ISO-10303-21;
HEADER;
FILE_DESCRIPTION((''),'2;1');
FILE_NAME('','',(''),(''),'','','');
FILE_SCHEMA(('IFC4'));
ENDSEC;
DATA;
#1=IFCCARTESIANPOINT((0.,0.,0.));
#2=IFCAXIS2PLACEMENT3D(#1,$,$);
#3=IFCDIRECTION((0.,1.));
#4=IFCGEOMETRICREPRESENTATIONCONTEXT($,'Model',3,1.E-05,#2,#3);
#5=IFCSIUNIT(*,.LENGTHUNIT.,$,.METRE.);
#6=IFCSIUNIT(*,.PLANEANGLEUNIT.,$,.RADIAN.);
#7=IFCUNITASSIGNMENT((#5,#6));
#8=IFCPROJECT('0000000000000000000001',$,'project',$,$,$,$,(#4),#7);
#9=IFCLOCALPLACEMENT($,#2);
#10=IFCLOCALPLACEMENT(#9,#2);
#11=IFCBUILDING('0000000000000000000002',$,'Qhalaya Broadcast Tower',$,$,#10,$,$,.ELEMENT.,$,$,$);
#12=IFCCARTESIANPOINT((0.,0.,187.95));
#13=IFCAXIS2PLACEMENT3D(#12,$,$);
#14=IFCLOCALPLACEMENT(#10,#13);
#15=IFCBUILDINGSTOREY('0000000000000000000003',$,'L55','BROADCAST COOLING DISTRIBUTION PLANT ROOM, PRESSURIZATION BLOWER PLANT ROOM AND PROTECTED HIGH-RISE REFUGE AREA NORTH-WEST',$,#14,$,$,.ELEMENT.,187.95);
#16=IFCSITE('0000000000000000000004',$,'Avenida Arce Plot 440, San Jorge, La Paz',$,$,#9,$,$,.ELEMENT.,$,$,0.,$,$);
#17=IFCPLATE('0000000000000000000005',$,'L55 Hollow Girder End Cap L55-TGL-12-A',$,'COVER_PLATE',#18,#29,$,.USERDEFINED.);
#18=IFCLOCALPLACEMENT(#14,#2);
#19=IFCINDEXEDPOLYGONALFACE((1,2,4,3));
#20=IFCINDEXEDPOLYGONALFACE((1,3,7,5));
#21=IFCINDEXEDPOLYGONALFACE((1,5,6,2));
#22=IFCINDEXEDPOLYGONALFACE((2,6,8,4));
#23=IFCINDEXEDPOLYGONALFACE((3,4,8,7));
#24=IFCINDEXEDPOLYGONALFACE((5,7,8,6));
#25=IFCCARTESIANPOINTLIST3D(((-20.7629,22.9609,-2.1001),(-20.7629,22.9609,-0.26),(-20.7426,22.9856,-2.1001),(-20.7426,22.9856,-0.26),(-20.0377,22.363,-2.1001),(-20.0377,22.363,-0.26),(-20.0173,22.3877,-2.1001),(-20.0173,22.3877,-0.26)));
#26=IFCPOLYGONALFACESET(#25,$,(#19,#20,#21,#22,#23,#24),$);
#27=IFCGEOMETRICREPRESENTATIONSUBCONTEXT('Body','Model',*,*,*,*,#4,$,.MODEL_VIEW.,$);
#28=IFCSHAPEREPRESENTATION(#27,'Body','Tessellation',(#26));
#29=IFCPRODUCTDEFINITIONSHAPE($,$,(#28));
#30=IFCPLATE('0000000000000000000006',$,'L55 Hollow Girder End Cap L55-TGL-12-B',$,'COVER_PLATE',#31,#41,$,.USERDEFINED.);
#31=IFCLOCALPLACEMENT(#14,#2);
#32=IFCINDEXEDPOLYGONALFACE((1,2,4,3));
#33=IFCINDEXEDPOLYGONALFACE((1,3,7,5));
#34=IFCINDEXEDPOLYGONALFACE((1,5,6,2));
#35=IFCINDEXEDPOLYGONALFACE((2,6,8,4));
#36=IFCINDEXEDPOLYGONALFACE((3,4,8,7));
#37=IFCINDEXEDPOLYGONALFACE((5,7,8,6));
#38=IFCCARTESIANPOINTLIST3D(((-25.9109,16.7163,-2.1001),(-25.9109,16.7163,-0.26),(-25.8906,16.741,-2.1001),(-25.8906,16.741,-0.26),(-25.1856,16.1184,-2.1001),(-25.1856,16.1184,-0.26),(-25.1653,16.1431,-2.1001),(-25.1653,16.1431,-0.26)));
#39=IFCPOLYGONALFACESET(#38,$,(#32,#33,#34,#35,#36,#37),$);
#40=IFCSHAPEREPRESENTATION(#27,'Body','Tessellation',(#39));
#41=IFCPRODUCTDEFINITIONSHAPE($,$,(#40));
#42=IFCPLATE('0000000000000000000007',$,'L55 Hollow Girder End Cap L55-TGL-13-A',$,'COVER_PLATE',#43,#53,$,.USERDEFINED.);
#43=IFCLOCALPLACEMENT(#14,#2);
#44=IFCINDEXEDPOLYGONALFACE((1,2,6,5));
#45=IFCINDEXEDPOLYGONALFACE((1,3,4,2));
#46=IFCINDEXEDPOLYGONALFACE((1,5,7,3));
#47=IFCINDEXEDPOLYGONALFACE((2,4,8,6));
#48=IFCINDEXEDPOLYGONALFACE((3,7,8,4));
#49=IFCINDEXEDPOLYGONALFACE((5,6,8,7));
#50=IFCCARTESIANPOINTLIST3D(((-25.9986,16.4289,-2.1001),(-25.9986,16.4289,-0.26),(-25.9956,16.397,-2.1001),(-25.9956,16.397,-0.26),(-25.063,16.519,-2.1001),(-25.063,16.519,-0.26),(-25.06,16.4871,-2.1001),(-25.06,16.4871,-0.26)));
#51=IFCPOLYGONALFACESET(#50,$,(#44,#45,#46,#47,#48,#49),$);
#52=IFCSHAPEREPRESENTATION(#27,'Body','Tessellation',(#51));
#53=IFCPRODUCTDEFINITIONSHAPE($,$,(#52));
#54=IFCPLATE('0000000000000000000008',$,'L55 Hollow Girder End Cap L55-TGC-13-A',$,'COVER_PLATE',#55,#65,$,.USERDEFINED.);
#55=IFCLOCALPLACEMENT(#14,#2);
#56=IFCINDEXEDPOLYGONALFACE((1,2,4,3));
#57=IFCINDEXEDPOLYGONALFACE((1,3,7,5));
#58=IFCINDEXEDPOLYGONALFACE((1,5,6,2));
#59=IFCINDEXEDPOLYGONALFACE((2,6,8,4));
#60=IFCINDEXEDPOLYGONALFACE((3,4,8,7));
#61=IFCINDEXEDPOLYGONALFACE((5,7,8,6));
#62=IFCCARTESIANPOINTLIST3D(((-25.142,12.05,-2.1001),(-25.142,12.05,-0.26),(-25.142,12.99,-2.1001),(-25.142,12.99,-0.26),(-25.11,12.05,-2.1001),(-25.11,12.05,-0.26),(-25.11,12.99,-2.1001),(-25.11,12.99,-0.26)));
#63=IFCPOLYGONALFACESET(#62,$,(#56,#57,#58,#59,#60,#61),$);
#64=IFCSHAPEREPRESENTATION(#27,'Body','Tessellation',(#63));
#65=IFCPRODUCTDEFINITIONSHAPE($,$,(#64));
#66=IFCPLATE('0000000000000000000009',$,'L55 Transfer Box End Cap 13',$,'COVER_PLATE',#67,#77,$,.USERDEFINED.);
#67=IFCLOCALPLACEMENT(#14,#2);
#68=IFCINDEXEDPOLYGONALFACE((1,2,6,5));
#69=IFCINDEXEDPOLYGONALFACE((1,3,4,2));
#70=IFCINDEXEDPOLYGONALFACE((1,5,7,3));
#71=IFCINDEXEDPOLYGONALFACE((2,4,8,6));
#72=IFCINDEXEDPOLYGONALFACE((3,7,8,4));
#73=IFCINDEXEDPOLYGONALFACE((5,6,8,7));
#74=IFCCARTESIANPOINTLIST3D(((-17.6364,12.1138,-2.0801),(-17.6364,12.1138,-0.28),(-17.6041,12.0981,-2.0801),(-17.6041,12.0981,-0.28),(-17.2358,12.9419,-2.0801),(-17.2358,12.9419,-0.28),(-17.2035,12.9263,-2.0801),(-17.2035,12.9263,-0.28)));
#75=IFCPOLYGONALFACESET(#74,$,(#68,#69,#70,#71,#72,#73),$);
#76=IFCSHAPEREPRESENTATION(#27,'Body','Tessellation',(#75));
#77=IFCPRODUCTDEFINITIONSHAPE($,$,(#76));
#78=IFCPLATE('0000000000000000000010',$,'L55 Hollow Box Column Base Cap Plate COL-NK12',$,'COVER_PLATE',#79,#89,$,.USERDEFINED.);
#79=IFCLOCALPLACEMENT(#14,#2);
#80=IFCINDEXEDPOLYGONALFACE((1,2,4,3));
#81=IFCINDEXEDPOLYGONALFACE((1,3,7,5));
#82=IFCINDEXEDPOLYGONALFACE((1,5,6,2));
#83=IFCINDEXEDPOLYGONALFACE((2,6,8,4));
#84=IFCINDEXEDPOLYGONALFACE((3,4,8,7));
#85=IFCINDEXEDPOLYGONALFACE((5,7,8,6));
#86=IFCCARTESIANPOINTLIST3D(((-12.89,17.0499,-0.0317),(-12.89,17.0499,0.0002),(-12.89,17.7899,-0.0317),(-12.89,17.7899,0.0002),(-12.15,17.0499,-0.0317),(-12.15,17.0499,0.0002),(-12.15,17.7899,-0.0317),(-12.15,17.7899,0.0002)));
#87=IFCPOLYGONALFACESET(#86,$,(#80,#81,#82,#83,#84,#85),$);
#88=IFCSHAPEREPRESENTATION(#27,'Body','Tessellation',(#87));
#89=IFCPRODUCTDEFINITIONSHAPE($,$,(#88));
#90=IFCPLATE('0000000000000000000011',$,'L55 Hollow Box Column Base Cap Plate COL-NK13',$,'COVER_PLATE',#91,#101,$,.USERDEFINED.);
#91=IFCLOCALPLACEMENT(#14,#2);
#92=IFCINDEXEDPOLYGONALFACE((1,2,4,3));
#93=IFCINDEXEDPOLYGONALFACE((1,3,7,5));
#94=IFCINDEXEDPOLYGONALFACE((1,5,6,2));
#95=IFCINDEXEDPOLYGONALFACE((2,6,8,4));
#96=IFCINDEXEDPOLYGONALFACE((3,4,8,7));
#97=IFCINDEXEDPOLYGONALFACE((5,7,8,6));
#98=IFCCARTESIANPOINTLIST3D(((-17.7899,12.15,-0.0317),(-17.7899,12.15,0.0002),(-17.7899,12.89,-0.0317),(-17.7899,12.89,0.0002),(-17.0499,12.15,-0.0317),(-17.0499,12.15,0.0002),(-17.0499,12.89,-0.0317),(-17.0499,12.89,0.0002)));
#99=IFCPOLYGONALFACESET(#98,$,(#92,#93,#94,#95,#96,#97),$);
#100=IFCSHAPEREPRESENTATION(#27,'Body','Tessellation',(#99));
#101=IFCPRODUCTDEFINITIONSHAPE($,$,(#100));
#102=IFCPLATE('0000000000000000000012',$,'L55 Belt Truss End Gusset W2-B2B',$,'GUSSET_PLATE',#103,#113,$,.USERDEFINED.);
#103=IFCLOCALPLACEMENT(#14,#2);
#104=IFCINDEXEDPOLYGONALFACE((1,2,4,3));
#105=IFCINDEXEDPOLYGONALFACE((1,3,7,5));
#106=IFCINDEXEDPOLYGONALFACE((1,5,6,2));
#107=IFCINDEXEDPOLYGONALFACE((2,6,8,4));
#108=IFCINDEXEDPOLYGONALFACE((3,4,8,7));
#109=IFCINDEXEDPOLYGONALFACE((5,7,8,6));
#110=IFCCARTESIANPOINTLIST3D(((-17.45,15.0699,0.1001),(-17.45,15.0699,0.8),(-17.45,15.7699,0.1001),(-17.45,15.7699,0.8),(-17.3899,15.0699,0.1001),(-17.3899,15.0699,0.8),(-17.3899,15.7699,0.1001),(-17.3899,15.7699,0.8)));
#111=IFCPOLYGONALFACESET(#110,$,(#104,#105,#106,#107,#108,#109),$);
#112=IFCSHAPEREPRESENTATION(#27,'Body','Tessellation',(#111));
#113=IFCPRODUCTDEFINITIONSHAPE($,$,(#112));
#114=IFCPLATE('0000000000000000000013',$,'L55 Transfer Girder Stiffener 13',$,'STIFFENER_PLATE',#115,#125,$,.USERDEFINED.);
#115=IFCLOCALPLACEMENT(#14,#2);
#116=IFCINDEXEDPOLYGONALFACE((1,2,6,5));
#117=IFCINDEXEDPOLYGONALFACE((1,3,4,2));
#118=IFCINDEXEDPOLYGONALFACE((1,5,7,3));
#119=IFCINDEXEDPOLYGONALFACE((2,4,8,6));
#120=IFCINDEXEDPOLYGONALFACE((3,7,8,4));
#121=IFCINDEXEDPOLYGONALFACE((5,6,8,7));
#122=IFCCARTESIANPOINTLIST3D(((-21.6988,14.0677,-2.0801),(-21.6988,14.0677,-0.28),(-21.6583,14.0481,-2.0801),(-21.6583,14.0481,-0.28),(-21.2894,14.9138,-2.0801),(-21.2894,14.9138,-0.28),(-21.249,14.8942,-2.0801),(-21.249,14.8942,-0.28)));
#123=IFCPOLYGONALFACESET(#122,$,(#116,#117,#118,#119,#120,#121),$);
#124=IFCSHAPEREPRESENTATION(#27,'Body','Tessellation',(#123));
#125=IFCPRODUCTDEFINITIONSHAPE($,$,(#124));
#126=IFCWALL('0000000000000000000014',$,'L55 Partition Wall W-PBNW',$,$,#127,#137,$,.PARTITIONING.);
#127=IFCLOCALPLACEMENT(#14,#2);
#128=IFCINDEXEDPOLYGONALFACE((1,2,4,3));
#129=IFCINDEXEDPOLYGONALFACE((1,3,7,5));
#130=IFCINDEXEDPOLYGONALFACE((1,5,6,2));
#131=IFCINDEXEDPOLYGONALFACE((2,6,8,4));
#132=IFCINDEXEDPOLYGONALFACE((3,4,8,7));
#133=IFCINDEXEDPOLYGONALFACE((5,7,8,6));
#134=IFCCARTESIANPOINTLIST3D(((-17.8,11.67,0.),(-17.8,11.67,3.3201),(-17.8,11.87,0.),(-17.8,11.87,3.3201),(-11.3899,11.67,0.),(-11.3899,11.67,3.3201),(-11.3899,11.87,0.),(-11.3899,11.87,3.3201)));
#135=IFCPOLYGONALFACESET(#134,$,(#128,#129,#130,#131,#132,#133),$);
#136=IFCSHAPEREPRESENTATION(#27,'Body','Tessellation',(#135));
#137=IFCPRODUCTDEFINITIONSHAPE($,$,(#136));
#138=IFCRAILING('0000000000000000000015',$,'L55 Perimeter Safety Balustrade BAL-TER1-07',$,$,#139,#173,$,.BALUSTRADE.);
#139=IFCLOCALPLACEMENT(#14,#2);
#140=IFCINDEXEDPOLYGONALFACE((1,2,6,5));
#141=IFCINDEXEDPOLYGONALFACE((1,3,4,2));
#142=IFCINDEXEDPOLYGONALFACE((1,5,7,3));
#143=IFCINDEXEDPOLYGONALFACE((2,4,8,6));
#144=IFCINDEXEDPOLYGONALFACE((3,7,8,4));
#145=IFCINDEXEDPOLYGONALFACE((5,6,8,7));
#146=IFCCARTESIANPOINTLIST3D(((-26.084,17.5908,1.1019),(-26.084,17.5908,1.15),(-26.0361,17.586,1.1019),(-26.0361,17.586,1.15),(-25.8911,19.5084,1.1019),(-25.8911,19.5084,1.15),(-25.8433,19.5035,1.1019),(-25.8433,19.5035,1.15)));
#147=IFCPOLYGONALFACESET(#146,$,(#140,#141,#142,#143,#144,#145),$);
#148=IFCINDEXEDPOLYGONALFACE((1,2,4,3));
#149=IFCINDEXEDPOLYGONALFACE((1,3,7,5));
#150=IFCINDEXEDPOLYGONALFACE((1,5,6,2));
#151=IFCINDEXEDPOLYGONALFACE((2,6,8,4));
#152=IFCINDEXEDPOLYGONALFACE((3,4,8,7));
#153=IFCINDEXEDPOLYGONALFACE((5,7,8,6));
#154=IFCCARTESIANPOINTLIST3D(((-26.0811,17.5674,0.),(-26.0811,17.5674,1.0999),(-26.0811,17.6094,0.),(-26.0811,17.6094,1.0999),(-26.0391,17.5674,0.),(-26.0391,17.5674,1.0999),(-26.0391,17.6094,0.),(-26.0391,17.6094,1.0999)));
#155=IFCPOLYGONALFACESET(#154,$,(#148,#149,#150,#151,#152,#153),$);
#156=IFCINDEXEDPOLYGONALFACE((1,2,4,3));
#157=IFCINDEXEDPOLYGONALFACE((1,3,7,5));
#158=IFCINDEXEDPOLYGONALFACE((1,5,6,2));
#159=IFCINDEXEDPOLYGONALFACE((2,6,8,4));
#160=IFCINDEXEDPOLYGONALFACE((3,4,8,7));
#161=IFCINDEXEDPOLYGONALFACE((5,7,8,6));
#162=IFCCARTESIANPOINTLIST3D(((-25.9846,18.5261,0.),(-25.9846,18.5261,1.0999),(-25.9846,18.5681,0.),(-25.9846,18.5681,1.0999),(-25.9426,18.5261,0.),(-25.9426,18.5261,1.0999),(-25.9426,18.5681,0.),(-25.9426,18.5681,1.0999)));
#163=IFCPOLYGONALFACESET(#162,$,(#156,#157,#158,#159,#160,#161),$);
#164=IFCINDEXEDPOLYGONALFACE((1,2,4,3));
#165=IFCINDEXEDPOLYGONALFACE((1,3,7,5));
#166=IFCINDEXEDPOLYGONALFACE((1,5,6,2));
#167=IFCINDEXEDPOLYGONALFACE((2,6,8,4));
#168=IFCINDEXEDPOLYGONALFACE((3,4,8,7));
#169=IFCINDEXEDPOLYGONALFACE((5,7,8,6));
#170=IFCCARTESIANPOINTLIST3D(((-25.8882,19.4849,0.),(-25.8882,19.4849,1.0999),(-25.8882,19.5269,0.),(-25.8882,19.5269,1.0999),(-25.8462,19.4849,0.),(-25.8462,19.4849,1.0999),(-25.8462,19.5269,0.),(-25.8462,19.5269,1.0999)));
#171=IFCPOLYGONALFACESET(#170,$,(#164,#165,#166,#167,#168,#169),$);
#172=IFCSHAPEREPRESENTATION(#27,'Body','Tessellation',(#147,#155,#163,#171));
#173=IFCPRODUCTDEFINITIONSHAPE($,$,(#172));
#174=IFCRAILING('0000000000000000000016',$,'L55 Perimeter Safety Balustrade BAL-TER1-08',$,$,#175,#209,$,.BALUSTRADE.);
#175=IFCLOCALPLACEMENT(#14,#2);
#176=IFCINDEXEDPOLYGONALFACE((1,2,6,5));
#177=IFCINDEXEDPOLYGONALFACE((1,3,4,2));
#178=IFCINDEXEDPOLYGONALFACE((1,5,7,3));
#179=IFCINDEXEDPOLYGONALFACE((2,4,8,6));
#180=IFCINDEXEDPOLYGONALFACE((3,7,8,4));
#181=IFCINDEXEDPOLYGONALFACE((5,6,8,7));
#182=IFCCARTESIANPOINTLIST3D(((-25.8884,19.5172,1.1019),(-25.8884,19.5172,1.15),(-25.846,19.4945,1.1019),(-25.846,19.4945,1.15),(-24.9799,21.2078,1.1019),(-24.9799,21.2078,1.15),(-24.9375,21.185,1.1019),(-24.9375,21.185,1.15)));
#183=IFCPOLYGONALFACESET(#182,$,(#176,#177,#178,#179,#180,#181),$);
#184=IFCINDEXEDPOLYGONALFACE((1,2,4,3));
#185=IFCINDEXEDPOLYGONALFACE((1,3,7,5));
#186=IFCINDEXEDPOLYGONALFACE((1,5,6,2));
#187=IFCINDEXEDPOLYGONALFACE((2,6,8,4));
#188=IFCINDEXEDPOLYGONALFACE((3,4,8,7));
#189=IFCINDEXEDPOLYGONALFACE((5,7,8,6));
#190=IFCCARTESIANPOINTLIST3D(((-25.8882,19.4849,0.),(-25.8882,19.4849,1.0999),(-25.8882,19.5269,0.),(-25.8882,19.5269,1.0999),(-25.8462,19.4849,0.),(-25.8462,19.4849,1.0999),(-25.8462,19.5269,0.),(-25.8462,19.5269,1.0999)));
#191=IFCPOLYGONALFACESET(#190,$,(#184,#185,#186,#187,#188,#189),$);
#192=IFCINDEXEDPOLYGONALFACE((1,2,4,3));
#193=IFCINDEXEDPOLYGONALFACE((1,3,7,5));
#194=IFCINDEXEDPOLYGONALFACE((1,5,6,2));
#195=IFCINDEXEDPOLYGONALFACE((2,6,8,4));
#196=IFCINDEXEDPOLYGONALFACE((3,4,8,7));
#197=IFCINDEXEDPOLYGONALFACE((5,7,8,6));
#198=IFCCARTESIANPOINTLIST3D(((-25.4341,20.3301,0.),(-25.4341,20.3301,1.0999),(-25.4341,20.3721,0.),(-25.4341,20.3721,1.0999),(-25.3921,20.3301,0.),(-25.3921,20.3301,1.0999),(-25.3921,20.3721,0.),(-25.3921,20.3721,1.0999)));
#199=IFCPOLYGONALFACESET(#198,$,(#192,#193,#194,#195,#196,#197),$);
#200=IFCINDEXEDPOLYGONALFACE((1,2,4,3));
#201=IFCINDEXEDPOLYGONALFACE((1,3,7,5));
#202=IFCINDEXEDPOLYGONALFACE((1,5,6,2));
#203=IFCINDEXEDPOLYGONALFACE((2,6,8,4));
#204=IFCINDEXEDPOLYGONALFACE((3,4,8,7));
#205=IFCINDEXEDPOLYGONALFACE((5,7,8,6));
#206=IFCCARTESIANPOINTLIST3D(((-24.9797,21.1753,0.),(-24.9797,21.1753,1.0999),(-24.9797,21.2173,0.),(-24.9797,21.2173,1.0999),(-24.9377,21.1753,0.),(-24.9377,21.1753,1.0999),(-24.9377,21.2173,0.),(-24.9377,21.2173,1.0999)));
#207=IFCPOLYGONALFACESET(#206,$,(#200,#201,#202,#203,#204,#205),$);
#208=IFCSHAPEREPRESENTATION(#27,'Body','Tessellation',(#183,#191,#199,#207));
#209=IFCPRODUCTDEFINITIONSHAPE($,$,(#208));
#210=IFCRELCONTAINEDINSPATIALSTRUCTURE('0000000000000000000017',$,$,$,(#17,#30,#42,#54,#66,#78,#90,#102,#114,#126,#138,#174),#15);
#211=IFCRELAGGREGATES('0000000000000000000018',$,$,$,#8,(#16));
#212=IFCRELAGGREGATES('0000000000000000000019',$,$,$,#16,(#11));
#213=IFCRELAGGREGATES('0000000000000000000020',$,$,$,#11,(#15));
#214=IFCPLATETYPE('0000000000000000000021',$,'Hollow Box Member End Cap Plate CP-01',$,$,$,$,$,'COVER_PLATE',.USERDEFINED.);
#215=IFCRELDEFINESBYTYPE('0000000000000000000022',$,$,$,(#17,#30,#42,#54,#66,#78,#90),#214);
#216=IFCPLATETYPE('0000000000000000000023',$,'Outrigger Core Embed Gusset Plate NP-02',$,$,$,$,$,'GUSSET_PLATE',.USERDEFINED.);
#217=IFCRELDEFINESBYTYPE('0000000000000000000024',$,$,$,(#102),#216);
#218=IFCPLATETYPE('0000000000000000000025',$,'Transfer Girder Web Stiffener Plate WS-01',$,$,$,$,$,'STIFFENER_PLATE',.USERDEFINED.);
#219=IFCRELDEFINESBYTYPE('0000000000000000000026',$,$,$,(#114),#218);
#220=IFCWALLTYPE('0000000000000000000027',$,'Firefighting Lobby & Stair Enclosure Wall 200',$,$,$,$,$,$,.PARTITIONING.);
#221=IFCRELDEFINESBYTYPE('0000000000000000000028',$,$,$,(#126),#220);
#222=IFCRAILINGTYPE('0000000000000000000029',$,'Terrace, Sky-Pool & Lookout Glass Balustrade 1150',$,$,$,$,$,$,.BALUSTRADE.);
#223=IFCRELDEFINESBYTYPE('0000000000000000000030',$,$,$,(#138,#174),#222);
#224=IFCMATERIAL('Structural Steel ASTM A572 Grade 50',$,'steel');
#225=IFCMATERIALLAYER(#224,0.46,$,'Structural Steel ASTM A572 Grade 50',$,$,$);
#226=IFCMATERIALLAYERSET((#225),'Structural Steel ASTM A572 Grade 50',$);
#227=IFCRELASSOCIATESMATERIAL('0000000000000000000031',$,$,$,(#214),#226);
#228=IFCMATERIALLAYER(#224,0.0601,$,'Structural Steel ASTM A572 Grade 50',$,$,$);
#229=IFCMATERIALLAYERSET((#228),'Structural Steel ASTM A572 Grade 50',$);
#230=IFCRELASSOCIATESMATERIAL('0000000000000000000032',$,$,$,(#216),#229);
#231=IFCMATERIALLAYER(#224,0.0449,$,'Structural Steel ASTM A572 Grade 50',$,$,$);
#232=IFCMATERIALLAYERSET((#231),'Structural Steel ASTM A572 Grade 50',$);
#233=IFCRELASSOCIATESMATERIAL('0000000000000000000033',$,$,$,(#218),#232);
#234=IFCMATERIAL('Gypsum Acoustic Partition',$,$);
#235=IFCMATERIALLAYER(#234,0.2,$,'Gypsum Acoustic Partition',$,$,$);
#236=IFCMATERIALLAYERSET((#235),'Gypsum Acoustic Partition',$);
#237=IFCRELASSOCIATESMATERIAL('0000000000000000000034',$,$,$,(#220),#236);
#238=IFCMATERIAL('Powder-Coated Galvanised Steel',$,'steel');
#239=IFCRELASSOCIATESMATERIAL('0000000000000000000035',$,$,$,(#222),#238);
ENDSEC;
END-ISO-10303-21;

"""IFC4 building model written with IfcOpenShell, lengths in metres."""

from ifc_helpers import new_model, si_unit, direction, frame, frame_2d, origin, origin_2d, place, context, subcontext, project, spatial, rectangle, extrude, material, layer, layer_set, type_object, element, save


model = new_model("IFC4")

# Units and contexts
model_context = context("Model", 3, precision=1e-05, world=origin(), true_north=direction((0.0, 1.0)))
body_context = subcontext(model_context, "Body", "Model", "MODEL_VIEW")
ifc_project = project(units=[si_unit("LENGTHUNIT", "METRE"), si_unit("PLANEANGLEUNIT", "RADIAN")], contexts=[model_context])

# Site, building, storey
site_placement = place(None, origin())
site = spatial("IfcSite", under=ifc_project, at=site_placement, Name="Avenida Arce Plot 440, San Jorge, La Paz", CompositionType="ELEMENT", RefElevation=0.0)
building_placement = place(site_placement, origin())
building = spatial("IfcBuilding", under=site, at=building_placement, Name="Qhalaya Broadcast Tower", CompositionType="ELEMENT")
storey_placement = place(building_placement, frame((0.0, 0.0, 187.95)))
storey = spatial("IfcBuildingStorey", under=building, at=storey_placement, Name="L55", Description="BROADCAST COOLING DISTRIBUTION PLANT ROOM, PRESSURIZATION BLOWER PLANT ROOM AND PROTECTED HIGH-RISE REFUGE AREA NORTH-WEST", CompositionType="ELEMENT", Elevation=187.95)

# Shared definitions
ifc_material_1 = material(Name="Structural Steel ASTM A572 Grade 50", Category="steel")

# Plates
ifc_layer_1 = layer(ifc_material_1, 0.46, Name="Structural Steel ASTM A572 Grade 50")
ifc_layer_set_1 = layer_set([ifc_layer_1], Name="Structural Steel ASTM A572 Grade 50")
plate_type_1 = type_object("IfcPlateType", Name="Hollow Box Member End Cap Plate CP-01", ElementType="COVER_PLATE", PredefinedType="USERDEFINED", material=ifc_layer_set_1)
for number, where, z_axis, x_axis, name in (
    (1, (-20.3901, 22.6743, -2.1001), (0.0, 0.0, 1.0), (0.771625, -0.636078, 0.0), "L55 Hollow Girder End Cap L55-TGL-12-A"),
    (2, (-25.5381, 16.4297, -2.1001), (0.0, 0.0, 1.0), (0.771625, -0.636078, 0.0), "L55 Hollow Girder End Cap L55-TGL-12-B"),
    (3, (-25.5293, 16.458, -2.1001), (0.0, 0.0, 1.0), (0.995396, 0.095846, 0.0), "L55 Hollow Girder End Cap L55-TGL-13-A"),
    (4, (-25.126, 12.52, -2.1001), (0.0, 0.0, 1.0), (0.0, 1.0, 0.0), "L55 Hollow Girder End Cap L55-TGC-13-A"),
):
    element("IfcPlate", number, at=place(storey_placement, frame(where, z_axis=z_axis, x_axis=x_axis)), inside=storey, type_object=plate_type_1, Name=name, ObjectType="COVER_PLATE", PredefinedType="USERDEFINED", context=body_context, shape_type="SweptSolid", body=[
        extrude(rectangle(XDim=0.9399, YDim=0.032, at=origin_2d()), origin(), (0.0, 0.0, 1.0), 1.8401),
    ])
plate_1_placement = place(storey_placement, frame((-17.4199, 12.52, -2.0801), z_axis=(0.0, 0.0, 1.0), x_axis=(0.435467, 0.900205, 0.0)))
element("IfcPlate", 5, at=plate_1_placement, inside=storey, type_object=plate_type_1, Name="L55 Transfer Box End Cap 13", ObjectType="COVER_PLATE", PredefinedType="USERDEFINED", context=body_context, shape_type="SweptSolid", body=[
    extrude(rectangle(XDim=0.9199, YDim=0.0359, at=origin_2d()), origin(), (0.0, 0.0, 1.0), 1.8),
])
for number, where, z_axis, x_axis, name in (
    (6, (-12.52, 17.4199, -0.0317), (0.0, 0.0, 1.0), (1.0, 0.0, 0.0), "L55 Hollow Box Column Base Cap Plate COL-NK12"),
    (7, (-17.4199, 12.52, -0.0317), (0.0, 0.0, 1.0), (0.0, 1.0, 0.0), "L55 Hollow Box Column Base Cap Plate COL-NK13"),
):
    element("IfcPlate", number, at=place(storey_placement, frame(where, z_axis=z_axis, x_axis=x_axis)), inside=storey, type_object=plate_type_1, Name=name, ObjectType="COVER_PLATE", PredefinedType="USERDEFINED", context=body_context, shape_type="SweptSolid", body=[
        extrude(rectangle(XDim=0.74, YDim=0.74, at=origin_2d()), origin(), (0.0, 0.0, 1.0), 0.032),
    ])
ifc_layer_2 = layer(ifc_material_1, 0.0601, Name="Structural Steel ASTM A572 Grade 50")
ifc_layer_set_2 = layer_set([ifc_layer_2], Name="Structural Steel ASTM A572 Grade 50")
plate_type_2 = type_object("IfcPlateType", Name="Outrigger Core Embed Gusset Plate NP-02", ElementType="GUSSET_PLATE", PredefinedType="USERDEFINED", material=ifc_layer_set_2)
plate_2_placement = place(storey_placement, frame((-17.4199, 15.4199, 0.1001), z_axis=(0.0, 0.0, 1.0), x_axis=(0.0, 1.0, 0.0)))
element("IfcPlate", 8, at=plate_2_placement, inside=storey, type_object=plate_type_2, Name="L55 Belt Truss End Gusset W2-B2B", ObjectType="GUSSET_PLATE", PredefinedType="USERDEFINED", context=body_context, shape_type="SweptSolid", body=[
    extrude(rectangle(XDim=0.7, YDim=0.0601, at=origin_2d()), origin(), (0.0, 0.0, 1.0), 0.7),
])
ifc_layer_3 = layer(ifc_material_1, 0.0449, Name="Structural Steel ASTM A572 Grade 50")
ifc_layer_set_3 = layer_set([ifc_layer_3], Name="Structural Steel ASTM A572 Grade 50")
plate_type_3 = type_object("IfcPlateType", Name="Transfer Girder Web Stiffener Plate WS-01", ElementType="STIFFENER_PLATE", PredefinedType="USERDEFINED", material=ifc_layer_set_3)
plate_3_placement = place(storey_placement, frame((-21.4739, 14.481, -2.0801), z_axis=(0.0, 0.0, 1.0), x_axis=(0.435467, 0.900205, 0.0)))
element("IfcPlate", 9, at=plate_3_placement, inside=storey, type_object=plate_type_3, Name="L55 Transfer Girder Stiffener 13", ObjectType="STIFFENER_PLATE", PredefinedType="USERDEFINED", context=body_context, shape_type="SweptSolid", body=[
    extrude(rectangle(XDim=0.9399, YDim=0.0449, at=origin_2d()), origin(), (0.0, 0.0, 1.0), 1.8),
])

# Wall
ifc_material_2 = material(Name="Gypsum Acoustic Partition")
ifc_layer_4 = layer(ifc_material_2, 0.2, Name="Gypsum Acoustic Partition")
ifc_layer_set_4 = layer_set([ifc_layer_4], Name="Gypsum Acoustic Partition")
wall_type = type_object("IfcWallType", Name="Firefighting Lobby & Stair Enclosure Wall 200", PredefinedType="PARTITIONING", material=ifc_layer_set_4)
wall_placement = place(storey_placement, frame((-17.8, 11.77, 0.0), z_axis=(0.0, 0.0, 1.0), x_axis=(1.0, 0.0, 0.0)))
element("IfcWall", 10, at=wall_placement, inside=storey, type_object=wall_type, Name="L55 Partition Wall W-PBNW", PredefinedType="PARTITIONING", context=body_context, shape_type="SweptSolid", body=[
    extrude(rectangle(XDim=6.4102, YDim=0.2, at=frame_2d((3.2051, 0.0))), origin(), (0.0, 0.0, 1.0), 3.3201),
])

# Railings
ifc_material_3 = material(Name="Powder-Coated Galvanised Steel", Category="steel")
railing_type = type_object("IfcRailingType", Name="Terrace, Sky-Pool & Lookout Glass Balustrade 1150", PredefinedType="BALUSTRADE", material=ifc_material_3)
railing_1_placement = place(storey_placement, frame((-26.0601, 17.5884, 0.0)))
element("IfcRailing", 11, at=railing_1_placement, inside=storey, type_object=railing_type, Name="L55 Perimeter Safety Balustrade BAL-TER1-07", PredefinedType="BALUSTRADE", context=body_context, shape_type="SweptSolid", body=[
    extrude(rectangle(XDim=0.0481, YDim=0.0481, at=origin_2d()), frame((0.0, 0.0, 1.126), z_axis=(0.100081, 0.994979, 0.0), x_axis=(-0.994979, 0.100081, 0.0)), (0.0, 0.0, 1.0), 1.9272),
    extrude(rectangle(XDim=0.042, YDim=0.042, at=origin_2d()), origin(), (0.0, 0.0, 1.0), 1.0999),
    extrude(rectangle(XDim=0.042, YDim=0.042, at=origin_2d()), frame((0.0964, 0.9587, 0.0)), (0.0, 0.0, 1.0), 1.0999),
    extrude(rectangle(XDim=0.042, YDim=0.042, at=origin_2d()), frame((0.1929, 1.9175, 0.0)), (0.0, 0.0, 1.0), 1.0999),
])
railing_2_placement = place(storey_placement, frame((-25.8672, 19.5059, 0.0)))
element("IfcRailing", 12, at=railing_2_placement, inside=storey, type_object=railing_type, Name="L55 Perimeter Safety Balustrade BAL-TER1-08", PredefinedType="BALUSTRADE", context=body_context, shape_type="SweptSolid", body=[
    extrude(rectangle(XDim=0.0481, YDim=0.0481, at=origin_2d()), frame((0.0, 0.0, 1.126), z_axis=(0.473379, 0.880859, 0.0), x_axis=(-0.880859, 0.473379, 0.0)), (0.0, 0.0, 1.0), 1.9192),
    extrude(rectangle(XDim=0.042, YDim=0.042, at=origin_2d()), origin(), (0.0, 0.0, 1.0), 1.0999),
    extrude(rectangle(XDim=0.042, YDim=0.042, at=origin_2d()), frame((0.4541, 0.8452, 0.0)), (0.0, 0.0, 1.0), 1.0999),
    extrude(rectangle(XDim=0.042, YDim=0.042, at=origin_2d()), frame((0.9084, 1.6904, 0.0)), (0.0, 0.0, 1.0), 1.0999),
])

save(model, "model.ifc")
